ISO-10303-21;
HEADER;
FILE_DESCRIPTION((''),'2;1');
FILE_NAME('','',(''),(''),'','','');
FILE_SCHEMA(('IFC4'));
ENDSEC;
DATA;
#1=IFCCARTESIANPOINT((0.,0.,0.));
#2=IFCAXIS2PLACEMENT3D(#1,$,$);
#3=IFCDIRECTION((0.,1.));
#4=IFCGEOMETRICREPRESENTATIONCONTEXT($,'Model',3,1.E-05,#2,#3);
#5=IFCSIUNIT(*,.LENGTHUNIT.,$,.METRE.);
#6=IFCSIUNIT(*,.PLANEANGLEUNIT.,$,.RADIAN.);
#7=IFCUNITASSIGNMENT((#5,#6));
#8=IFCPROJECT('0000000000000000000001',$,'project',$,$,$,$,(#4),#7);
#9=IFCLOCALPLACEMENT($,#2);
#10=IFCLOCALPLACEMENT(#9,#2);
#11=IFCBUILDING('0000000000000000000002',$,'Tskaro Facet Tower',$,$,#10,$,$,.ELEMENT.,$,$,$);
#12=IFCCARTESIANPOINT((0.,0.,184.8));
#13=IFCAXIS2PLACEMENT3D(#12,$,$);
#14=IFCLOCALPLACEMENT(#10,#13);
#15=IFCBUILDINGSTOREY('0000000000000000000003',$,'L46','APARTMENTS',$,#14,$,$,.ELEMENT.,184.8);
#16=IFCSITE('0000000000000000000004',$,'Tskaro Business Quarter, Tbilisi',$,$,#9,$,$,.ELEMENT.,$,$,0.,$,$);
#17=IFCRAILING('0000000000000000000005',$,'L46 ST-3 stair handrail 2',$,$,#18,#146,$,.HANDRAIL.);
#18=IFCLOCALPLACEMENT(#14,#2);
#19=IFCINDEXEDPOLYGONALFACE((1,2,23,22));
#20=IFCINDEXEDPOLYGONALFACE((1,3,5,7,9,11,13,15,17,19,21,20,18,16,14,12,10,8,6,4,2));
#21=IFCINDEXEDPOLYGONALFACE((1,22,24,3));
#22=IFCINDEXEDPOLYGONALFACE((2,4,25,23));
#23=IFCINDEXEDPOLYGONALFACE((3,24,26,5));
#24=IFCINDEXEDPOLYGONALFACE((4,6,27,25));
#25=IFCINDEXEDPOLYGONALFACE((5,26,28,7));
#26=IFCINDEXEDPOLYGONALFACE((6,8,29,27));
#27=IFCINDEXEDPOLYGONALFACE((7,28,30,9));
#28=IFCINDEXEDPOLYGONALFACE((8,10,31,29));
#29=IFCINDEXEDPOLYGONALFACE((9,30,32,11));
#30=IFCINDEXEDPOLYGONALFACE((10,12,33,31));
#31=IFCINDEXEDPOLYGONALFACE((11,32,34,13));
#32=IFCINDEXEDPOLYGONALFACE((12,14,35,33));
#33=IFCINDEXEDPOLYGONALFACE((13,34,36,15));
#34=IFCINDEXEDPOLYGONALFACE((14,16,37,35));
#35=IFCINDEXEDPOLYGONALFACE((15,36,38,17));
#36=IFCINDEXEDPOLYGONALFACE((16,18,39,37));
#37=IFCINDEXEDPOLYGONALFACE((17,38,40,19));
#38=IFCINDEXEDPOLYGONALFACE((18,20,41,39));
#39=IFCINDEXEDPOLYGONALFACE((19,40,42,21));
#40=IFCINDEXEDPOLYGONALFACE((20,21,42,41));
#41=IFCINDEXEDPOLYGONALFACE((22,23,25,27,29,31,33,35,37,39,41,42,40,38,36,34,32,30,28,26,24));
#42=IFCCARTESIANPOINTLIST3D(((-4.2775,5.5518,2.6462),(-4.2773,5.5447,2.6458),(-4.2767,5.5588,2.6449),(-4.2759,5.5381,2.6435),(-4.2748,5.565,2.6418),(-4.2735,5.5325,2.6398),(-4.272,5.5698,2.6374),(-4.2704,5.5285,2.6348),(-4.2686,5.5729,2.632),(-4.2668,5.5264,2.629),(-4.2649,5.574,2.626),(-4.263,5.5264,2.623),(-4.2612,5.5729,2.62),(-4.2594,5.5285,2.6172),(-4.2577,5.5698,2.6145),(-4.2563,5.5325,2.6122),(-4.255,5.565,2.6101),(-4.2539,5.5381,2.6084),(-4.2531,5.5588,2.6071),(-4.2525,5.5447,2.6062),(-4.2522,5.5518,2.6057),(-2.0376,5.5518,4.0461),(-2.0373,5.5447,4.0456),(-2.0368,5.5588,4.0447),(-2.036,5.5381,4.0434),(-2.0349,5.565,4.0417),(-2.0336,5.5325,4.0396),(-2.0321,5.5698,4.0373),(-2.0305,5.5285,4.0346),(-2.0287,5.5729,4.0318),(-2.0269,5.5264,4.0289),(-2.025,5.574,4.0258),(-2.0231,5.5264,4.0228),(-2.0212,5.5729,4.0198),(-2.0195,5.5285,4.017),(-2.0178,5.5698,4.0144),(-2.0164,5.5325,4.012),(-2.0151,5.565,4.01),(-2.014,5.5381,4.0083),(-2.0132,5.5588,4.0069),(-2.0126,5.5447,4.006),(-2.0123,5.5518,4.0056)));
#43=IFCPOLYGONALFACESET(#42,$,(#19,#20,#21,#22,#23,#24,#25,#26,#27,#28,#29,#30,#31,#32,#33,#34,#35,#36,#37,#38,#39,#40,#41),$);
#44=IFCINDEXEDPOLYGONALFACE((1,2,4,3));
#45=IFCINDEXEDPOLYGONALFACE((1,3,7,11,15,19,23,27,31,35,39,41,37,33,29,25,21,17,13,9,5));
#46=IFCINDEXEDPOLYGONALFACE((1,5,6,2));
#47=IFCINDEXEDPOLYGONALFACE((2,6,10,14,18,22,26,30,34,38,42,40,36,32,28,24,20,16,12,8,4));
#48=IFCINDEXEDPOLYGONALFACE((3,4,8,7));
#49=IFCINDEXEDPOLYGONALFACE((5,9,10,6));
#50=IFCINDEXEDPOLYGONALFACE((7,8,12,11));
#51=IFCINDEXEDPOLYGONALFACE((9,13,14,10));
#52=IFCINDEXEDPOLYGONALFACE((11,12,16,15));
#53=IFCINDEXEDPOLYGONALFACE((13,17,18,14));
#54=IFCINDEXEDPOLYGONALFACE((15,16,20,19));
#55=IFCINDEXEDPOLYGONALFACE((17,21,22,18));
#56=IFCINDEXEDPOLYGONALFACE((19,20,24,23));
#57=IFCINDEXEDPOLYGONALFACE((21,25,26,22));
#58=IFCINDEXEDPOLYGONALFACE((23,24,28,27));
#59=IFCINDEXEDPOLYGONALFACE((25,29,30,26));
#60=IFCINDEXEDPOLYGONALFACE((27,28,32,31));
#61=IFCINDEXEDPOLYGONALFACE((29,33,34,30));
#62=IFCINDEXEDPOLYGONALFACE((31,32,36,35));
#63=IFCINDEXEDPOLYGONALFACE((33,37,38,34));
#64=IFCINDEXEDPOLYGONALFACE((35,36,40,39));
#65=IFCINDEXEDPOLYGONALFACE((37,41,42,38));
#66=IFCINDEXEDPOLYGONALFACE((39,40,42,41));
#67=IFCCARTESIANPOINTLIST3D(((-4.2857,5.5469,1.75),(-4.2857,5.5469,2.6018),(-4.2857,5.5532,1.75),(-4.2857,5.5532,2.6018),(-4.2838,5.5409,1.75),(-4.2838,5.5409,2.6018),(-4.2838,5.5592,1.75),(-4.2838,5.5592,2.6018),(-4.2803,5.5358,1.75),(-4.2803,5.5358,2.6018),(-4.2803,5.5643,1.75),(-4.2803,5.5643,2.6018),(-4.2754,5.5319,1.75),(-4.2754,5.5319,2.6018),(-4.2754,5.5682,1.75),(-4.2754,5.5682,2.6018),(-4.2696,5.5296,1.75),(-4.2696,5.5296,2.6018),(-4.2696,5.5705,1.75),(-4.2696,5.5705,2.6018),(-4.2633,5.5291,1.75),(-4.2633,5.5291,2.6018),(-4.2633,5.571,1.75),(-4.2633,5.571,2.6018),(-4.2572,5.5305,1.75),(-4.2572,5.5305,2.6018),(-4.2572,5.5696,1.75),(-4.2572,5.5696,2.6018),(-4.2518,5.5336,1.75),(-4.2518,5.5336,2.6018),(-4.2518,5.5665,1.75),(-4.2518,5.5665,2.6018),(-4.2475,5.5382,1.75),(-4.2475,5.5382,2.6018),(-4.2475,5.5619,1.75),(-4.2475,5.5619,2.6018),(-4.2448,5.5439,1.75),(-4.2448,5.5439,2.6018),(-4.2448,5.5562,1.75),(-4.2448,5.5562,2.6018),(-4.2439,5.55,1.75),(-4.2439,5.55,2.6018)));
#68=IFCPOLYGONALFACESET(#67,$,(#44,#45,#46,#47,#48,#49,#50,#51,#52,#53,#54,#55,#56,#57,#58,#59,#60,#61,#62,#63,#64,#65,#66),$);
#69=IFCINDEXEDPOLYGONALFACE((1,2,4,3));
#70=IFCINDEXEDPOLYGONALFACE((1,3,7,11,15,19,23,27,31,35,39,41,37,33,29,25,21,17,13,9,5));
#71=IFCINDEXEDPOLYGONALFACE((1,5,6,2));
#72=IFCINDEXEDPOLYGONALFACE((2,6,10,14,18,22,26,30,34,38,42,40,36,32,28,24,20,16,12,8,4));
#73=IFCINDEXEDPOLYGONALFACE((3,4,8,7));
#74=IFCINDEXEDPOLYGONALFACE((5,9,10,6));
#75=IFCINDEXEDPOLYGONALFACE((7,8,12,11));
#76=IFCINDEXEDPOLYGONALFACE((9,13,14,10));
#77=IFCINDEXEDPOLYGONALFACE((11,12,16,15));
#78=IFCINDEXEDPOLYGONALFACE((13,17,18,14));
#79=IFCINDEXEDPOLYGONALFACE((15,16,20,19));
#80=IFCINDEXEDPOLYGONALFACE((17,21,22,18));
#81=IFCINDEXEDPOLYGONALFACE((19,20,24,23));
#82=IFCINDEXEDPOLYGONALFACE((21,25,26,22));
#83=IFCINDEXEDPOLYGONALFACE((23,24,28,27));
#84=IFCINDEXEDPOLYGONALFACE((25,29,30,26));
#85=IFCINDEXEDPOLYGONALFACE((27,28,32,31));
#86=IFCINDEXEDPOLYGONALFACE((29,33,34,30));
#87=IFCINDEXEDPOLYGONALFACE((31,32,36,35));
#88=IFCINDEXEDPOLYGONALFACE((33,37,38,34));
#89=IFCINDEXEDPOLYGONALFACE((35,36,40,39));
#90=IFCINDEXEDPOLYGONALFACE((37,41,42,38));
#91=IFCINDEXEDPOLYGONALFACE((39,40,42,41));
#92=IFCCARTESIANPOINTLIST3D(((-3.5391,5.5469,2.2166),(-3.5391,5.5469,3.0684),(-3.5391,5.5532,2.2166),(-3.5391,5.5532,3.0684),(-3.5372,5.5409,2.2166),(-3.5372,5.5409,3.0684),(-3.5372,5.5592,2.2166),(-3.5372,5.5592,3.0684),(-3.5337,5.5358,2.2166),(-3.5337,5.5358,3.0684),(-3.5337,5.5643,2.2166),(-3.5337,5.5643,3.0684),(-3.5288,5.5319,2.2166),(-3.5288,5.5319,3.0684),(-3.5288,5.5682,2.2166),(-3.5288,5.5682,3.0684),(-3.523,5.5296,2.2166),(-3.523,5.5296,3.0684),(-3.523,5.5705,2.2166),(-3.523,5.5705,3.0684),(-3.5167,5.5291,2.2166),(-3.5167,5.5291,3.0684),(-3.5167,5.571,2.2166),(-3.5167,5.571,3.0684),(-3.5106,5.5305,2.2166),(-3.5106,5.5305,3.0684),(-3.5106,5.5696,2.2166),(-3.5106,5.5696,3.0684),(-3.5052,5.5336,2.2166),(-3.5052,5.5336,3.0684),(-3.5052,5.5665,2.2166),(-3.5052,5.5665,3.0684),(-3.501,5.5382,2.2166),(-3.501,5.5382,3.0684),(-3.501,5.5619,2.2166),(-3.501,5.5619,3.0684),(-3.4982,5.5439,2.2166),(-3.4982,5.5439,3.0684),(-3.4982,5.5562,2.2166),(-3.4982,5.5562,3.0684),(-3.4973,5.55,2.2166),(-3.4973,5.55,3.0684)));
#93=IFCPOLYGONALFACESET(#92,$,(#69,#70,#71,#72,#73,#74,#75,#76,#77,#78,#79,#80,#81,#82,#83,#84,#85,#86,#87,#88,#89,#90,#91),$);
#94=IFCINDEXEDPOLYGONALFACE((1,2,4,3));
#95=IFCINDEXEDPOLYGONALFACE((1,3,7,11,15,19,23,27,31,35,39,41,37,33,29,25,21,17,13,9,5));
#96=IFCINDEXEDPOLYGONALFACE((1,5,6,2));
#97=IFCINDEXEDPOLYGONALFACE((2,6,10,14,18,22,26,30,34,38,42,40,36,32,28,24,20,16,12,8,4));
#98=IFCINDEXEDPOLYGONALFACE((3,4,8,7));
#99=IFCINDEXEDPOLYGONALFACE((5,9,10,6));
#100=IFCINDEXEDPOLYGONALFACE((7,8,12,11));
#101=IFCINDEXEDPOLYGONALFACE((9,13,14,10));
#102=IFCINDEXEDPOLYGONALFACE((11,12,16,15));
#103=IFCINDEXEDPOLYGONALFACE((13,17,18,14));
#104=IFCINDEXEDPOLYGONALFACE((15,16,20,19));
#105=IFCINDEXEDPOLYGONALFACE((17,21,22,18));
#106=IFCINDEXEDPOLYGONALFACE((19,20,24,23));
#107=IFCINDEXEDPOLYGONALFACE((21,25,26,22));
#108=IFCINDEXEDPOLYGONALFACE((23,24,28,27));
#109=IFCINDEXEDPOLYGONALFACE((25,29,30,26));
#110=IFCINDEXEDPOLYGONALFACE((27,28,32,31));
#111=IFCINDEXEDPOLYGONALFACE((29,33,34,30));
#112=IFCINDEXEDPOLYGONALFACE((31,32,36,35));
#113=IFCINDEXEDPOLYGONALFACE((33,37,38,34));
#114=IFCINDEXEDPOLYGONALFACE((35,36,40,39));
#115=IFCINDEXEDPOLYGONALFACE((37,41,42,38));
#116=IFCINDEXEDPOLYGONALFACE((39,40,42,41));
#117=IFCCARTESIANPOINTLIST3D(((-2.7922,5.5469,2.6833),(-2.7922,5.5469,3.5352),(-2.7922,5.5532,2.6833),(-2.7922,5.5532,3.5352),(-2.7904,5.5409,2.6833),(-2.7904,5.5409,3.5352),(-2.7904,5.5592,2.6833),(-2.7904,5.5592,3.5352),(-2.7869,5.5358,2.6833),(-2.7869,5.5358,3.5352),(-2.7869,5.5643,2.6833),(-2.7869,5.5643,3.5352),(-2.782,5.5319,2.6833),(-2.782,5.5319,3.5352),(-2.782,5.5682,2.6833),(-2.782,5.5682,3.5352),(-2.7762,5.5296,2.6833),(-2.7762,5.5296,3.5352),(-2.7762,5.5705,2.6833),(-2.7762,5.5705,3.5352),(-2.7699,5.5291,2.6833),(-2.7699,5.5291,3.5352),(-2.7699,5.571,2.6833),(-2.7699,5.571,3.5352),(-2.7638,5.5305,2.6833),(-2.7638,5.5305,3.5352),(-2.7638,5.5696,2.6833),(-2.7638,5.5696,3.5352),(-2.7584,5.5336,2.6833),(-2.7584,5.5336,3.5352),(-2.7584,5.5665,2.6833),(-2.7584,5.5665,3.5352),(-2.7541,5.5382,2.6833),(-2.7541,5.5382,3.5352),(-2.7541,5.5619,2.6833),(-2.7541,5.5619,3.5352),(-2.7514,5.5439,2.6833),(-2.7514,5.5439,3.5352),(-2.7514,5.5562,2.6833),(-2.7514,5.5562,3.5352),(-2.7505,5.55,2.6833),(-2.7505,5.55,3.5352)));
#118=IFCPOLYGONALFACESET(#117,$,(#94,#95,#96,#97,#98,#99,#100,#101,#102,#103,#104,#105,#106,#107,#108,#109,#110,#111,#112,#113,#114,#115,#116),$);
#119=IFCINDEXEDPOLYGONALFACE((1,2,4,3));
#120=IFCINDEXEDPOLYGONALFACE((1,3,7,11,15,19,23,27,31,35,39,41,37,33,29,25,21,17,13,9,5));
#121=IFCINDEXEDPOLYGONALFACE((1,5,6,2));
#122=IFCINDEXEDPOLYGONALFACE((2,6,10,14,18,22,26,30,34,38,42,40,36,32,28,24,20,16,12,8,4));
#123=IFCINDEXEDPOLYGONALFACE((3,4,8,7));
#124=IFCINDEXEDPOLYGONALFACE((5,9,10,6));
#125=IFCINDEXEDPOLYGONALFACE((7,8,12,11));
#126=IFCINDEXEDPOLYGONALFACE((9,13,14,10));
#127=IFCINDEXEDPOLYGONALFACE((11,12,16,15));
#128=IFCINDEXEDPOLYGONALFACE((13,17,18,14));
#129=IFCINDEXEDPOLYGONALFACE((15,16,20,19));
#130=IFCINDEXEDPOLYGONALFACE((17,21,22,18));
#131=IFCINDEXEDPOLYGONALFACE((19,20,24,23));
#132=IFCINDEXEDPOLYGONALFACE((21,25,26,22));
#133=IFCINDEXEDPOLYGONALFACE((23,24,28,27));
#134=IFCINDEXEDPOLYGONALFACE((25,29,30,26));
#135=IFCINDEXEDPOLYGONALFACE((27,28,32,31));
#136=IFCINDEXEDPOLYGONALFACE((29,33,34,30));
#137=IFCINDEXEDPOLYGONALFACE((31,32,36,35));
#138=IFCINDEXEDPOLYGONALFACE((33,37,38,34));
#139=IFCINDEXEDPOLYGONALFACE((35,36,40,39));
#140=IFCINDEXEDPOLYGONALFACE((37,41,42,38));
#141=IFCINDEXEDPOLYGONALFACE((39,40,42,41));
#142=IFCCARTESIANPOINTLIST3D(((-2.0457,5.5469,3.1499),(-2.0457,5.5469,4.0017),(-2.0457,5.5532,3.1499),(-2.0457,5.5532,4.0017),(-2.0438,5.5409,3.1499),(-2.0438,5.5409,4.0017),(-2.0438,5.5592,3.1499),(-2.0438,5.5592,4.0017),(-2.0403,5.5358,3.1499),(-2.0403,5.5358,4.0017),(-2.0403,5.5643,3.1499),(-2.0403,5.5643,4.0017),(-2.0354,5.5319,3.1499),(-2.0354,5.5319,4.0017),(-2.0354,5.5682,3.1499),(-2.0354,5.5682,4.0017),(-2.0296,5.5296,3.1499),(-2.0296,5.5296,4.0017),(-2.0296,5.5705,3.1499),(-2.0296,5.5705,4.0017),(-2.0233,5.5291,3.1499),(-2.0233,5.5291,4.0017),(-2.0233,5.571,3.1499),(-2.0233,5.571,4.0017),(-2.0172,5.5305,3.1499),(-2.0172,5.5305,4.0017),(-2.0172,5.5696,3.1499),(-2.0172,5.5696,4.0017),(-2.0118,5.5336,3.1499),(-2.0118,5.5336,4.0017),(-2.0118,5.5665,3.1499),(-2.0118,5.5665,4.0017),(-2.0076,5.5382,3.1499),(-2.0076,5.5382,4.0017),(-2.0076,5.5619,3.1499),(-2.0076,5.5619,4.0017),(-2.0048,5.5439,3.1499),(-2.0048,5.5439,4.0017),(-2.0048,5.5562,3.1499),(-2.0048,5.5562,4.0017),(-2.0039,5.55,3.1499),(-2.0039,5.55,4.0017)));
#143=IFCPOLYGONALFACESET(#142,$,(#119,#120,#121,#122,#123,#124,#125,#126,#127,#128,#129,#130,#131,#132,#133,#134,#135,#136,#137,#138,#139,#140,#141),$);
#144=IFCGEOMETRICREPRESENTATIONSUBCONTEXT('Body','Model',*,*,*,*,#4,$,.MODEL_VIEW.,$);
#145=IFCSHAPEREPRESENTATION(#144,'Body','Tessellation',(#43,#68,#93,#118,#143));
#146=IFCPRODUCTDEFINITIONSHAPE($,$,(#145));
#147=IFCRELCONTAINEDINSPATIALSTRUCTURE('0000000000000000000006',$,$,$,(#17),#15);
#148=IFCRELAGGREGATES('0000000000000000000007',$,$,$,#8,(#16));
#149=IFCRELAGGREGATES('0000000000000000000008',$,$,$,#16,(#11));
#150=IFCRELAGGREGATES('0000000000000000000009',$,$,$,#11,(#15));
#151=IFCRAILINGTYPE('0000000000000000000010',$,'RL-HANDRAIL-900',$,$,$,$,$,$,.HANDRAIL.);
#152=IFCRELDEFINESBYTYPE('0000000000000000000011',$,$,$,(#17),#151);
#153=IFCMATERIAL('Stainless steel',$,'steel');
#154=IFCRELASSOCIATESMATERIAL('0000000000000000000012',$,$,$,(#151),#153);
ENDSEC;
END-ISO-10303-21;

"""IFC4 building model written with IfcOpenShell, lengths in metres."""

from ifc_helpers import new_model, si_unit, direction, frame, origin, origin_2d, place, context, subcontext, project, spatial, circle, extrude, material, type_object, element, save


model = new_model("IFC4")

# Units and contexts
model_context = context("Model", 3, precision=1e-05, world=origin(), true_north=direction((0.0, 1.0)))
body_context = subcontext(model_context, "Body", "Model", "MODEL_VIEW")
ifc_project = project(units=[si_unit("LENGTHUNIT", "METRE"), si_unit("PLANEANGLEUNIT", "RADIAN")], contexts=[model_context])

# Site, building, storey
site_placement = place(None, origin())
site = spatial("IfcSite", under=ifc_project, at=site_placement, Name="Tskaro Business Quarter, Tbilisi", CompositionType="ELEMENT", RefElevation=0.0)
building_placement = place(site_placement, origin())
building = spatial("IfcBuilding", under=site, at=building_placement, Name="Tskaro Facet Tower", CompositionType="ELEMENT")
storey_placement = place(building_placement, frame((0.0, 0.0, 184.8)))
storey = spatial("IfcBuildingStorey", under=building, at=storey_placement, Name="L46", Description="APARTMENTS", CompositionType="ELEMENT", Elevation=184.8)

# Railing
ifc_material_1 = material(Name="Stainless steel", Category="steel")
railing_type_1 = type_object("IfcRailingType", Name="RL-HANDRAIL-900", PredefinedType="HANDRAIL", material=ifc_material_1)
railing_1_placement = place(storey_placement, frame((-4.2649, 5.55, 1.75)))
element("IfcRailing", 1, at=railing_1_placement, inside=storey, type_object=railing_type_1, Name="L46 ST-3 stair handrail 2", PredefinedType="HANDRAIL", context=body_context, shape_type="SweptSolid", body=[
    extrude(circle(Radius=0.0239, at=origin_2d()), frame((0.0, 0.0, 0.876), z_axis=(0.848014, 0.0, 0.529974), x_axis=(0.0, 1.0, 0.0)), (0.0, 0.0, 1.0), 2.6414),
    extrude(circle(Radius=0.021, at=origin_2d()), origin(), (0.0, 0.0, 1.0), 0.8518),
    extrude(circle(Radius=0.021, at=origin_2d()), frame((0.7466, 0.0, 0.4666)), (0.0, 0.0, 1.0), 0.8518),
    extrude(circle(Radius=0.021, at=origin_2d()), frame((1.4934, 0.0, 0.9333)), (0.0, 0.0, 1.0), 0.8518),
    extrude(circle(Radius=0.021, at=origin_2d()), frame((2.24, 0.0, 1.3999)), (0.0, 0.0, 1.0), 0.8518),
])

save(model, "model.ifc")
